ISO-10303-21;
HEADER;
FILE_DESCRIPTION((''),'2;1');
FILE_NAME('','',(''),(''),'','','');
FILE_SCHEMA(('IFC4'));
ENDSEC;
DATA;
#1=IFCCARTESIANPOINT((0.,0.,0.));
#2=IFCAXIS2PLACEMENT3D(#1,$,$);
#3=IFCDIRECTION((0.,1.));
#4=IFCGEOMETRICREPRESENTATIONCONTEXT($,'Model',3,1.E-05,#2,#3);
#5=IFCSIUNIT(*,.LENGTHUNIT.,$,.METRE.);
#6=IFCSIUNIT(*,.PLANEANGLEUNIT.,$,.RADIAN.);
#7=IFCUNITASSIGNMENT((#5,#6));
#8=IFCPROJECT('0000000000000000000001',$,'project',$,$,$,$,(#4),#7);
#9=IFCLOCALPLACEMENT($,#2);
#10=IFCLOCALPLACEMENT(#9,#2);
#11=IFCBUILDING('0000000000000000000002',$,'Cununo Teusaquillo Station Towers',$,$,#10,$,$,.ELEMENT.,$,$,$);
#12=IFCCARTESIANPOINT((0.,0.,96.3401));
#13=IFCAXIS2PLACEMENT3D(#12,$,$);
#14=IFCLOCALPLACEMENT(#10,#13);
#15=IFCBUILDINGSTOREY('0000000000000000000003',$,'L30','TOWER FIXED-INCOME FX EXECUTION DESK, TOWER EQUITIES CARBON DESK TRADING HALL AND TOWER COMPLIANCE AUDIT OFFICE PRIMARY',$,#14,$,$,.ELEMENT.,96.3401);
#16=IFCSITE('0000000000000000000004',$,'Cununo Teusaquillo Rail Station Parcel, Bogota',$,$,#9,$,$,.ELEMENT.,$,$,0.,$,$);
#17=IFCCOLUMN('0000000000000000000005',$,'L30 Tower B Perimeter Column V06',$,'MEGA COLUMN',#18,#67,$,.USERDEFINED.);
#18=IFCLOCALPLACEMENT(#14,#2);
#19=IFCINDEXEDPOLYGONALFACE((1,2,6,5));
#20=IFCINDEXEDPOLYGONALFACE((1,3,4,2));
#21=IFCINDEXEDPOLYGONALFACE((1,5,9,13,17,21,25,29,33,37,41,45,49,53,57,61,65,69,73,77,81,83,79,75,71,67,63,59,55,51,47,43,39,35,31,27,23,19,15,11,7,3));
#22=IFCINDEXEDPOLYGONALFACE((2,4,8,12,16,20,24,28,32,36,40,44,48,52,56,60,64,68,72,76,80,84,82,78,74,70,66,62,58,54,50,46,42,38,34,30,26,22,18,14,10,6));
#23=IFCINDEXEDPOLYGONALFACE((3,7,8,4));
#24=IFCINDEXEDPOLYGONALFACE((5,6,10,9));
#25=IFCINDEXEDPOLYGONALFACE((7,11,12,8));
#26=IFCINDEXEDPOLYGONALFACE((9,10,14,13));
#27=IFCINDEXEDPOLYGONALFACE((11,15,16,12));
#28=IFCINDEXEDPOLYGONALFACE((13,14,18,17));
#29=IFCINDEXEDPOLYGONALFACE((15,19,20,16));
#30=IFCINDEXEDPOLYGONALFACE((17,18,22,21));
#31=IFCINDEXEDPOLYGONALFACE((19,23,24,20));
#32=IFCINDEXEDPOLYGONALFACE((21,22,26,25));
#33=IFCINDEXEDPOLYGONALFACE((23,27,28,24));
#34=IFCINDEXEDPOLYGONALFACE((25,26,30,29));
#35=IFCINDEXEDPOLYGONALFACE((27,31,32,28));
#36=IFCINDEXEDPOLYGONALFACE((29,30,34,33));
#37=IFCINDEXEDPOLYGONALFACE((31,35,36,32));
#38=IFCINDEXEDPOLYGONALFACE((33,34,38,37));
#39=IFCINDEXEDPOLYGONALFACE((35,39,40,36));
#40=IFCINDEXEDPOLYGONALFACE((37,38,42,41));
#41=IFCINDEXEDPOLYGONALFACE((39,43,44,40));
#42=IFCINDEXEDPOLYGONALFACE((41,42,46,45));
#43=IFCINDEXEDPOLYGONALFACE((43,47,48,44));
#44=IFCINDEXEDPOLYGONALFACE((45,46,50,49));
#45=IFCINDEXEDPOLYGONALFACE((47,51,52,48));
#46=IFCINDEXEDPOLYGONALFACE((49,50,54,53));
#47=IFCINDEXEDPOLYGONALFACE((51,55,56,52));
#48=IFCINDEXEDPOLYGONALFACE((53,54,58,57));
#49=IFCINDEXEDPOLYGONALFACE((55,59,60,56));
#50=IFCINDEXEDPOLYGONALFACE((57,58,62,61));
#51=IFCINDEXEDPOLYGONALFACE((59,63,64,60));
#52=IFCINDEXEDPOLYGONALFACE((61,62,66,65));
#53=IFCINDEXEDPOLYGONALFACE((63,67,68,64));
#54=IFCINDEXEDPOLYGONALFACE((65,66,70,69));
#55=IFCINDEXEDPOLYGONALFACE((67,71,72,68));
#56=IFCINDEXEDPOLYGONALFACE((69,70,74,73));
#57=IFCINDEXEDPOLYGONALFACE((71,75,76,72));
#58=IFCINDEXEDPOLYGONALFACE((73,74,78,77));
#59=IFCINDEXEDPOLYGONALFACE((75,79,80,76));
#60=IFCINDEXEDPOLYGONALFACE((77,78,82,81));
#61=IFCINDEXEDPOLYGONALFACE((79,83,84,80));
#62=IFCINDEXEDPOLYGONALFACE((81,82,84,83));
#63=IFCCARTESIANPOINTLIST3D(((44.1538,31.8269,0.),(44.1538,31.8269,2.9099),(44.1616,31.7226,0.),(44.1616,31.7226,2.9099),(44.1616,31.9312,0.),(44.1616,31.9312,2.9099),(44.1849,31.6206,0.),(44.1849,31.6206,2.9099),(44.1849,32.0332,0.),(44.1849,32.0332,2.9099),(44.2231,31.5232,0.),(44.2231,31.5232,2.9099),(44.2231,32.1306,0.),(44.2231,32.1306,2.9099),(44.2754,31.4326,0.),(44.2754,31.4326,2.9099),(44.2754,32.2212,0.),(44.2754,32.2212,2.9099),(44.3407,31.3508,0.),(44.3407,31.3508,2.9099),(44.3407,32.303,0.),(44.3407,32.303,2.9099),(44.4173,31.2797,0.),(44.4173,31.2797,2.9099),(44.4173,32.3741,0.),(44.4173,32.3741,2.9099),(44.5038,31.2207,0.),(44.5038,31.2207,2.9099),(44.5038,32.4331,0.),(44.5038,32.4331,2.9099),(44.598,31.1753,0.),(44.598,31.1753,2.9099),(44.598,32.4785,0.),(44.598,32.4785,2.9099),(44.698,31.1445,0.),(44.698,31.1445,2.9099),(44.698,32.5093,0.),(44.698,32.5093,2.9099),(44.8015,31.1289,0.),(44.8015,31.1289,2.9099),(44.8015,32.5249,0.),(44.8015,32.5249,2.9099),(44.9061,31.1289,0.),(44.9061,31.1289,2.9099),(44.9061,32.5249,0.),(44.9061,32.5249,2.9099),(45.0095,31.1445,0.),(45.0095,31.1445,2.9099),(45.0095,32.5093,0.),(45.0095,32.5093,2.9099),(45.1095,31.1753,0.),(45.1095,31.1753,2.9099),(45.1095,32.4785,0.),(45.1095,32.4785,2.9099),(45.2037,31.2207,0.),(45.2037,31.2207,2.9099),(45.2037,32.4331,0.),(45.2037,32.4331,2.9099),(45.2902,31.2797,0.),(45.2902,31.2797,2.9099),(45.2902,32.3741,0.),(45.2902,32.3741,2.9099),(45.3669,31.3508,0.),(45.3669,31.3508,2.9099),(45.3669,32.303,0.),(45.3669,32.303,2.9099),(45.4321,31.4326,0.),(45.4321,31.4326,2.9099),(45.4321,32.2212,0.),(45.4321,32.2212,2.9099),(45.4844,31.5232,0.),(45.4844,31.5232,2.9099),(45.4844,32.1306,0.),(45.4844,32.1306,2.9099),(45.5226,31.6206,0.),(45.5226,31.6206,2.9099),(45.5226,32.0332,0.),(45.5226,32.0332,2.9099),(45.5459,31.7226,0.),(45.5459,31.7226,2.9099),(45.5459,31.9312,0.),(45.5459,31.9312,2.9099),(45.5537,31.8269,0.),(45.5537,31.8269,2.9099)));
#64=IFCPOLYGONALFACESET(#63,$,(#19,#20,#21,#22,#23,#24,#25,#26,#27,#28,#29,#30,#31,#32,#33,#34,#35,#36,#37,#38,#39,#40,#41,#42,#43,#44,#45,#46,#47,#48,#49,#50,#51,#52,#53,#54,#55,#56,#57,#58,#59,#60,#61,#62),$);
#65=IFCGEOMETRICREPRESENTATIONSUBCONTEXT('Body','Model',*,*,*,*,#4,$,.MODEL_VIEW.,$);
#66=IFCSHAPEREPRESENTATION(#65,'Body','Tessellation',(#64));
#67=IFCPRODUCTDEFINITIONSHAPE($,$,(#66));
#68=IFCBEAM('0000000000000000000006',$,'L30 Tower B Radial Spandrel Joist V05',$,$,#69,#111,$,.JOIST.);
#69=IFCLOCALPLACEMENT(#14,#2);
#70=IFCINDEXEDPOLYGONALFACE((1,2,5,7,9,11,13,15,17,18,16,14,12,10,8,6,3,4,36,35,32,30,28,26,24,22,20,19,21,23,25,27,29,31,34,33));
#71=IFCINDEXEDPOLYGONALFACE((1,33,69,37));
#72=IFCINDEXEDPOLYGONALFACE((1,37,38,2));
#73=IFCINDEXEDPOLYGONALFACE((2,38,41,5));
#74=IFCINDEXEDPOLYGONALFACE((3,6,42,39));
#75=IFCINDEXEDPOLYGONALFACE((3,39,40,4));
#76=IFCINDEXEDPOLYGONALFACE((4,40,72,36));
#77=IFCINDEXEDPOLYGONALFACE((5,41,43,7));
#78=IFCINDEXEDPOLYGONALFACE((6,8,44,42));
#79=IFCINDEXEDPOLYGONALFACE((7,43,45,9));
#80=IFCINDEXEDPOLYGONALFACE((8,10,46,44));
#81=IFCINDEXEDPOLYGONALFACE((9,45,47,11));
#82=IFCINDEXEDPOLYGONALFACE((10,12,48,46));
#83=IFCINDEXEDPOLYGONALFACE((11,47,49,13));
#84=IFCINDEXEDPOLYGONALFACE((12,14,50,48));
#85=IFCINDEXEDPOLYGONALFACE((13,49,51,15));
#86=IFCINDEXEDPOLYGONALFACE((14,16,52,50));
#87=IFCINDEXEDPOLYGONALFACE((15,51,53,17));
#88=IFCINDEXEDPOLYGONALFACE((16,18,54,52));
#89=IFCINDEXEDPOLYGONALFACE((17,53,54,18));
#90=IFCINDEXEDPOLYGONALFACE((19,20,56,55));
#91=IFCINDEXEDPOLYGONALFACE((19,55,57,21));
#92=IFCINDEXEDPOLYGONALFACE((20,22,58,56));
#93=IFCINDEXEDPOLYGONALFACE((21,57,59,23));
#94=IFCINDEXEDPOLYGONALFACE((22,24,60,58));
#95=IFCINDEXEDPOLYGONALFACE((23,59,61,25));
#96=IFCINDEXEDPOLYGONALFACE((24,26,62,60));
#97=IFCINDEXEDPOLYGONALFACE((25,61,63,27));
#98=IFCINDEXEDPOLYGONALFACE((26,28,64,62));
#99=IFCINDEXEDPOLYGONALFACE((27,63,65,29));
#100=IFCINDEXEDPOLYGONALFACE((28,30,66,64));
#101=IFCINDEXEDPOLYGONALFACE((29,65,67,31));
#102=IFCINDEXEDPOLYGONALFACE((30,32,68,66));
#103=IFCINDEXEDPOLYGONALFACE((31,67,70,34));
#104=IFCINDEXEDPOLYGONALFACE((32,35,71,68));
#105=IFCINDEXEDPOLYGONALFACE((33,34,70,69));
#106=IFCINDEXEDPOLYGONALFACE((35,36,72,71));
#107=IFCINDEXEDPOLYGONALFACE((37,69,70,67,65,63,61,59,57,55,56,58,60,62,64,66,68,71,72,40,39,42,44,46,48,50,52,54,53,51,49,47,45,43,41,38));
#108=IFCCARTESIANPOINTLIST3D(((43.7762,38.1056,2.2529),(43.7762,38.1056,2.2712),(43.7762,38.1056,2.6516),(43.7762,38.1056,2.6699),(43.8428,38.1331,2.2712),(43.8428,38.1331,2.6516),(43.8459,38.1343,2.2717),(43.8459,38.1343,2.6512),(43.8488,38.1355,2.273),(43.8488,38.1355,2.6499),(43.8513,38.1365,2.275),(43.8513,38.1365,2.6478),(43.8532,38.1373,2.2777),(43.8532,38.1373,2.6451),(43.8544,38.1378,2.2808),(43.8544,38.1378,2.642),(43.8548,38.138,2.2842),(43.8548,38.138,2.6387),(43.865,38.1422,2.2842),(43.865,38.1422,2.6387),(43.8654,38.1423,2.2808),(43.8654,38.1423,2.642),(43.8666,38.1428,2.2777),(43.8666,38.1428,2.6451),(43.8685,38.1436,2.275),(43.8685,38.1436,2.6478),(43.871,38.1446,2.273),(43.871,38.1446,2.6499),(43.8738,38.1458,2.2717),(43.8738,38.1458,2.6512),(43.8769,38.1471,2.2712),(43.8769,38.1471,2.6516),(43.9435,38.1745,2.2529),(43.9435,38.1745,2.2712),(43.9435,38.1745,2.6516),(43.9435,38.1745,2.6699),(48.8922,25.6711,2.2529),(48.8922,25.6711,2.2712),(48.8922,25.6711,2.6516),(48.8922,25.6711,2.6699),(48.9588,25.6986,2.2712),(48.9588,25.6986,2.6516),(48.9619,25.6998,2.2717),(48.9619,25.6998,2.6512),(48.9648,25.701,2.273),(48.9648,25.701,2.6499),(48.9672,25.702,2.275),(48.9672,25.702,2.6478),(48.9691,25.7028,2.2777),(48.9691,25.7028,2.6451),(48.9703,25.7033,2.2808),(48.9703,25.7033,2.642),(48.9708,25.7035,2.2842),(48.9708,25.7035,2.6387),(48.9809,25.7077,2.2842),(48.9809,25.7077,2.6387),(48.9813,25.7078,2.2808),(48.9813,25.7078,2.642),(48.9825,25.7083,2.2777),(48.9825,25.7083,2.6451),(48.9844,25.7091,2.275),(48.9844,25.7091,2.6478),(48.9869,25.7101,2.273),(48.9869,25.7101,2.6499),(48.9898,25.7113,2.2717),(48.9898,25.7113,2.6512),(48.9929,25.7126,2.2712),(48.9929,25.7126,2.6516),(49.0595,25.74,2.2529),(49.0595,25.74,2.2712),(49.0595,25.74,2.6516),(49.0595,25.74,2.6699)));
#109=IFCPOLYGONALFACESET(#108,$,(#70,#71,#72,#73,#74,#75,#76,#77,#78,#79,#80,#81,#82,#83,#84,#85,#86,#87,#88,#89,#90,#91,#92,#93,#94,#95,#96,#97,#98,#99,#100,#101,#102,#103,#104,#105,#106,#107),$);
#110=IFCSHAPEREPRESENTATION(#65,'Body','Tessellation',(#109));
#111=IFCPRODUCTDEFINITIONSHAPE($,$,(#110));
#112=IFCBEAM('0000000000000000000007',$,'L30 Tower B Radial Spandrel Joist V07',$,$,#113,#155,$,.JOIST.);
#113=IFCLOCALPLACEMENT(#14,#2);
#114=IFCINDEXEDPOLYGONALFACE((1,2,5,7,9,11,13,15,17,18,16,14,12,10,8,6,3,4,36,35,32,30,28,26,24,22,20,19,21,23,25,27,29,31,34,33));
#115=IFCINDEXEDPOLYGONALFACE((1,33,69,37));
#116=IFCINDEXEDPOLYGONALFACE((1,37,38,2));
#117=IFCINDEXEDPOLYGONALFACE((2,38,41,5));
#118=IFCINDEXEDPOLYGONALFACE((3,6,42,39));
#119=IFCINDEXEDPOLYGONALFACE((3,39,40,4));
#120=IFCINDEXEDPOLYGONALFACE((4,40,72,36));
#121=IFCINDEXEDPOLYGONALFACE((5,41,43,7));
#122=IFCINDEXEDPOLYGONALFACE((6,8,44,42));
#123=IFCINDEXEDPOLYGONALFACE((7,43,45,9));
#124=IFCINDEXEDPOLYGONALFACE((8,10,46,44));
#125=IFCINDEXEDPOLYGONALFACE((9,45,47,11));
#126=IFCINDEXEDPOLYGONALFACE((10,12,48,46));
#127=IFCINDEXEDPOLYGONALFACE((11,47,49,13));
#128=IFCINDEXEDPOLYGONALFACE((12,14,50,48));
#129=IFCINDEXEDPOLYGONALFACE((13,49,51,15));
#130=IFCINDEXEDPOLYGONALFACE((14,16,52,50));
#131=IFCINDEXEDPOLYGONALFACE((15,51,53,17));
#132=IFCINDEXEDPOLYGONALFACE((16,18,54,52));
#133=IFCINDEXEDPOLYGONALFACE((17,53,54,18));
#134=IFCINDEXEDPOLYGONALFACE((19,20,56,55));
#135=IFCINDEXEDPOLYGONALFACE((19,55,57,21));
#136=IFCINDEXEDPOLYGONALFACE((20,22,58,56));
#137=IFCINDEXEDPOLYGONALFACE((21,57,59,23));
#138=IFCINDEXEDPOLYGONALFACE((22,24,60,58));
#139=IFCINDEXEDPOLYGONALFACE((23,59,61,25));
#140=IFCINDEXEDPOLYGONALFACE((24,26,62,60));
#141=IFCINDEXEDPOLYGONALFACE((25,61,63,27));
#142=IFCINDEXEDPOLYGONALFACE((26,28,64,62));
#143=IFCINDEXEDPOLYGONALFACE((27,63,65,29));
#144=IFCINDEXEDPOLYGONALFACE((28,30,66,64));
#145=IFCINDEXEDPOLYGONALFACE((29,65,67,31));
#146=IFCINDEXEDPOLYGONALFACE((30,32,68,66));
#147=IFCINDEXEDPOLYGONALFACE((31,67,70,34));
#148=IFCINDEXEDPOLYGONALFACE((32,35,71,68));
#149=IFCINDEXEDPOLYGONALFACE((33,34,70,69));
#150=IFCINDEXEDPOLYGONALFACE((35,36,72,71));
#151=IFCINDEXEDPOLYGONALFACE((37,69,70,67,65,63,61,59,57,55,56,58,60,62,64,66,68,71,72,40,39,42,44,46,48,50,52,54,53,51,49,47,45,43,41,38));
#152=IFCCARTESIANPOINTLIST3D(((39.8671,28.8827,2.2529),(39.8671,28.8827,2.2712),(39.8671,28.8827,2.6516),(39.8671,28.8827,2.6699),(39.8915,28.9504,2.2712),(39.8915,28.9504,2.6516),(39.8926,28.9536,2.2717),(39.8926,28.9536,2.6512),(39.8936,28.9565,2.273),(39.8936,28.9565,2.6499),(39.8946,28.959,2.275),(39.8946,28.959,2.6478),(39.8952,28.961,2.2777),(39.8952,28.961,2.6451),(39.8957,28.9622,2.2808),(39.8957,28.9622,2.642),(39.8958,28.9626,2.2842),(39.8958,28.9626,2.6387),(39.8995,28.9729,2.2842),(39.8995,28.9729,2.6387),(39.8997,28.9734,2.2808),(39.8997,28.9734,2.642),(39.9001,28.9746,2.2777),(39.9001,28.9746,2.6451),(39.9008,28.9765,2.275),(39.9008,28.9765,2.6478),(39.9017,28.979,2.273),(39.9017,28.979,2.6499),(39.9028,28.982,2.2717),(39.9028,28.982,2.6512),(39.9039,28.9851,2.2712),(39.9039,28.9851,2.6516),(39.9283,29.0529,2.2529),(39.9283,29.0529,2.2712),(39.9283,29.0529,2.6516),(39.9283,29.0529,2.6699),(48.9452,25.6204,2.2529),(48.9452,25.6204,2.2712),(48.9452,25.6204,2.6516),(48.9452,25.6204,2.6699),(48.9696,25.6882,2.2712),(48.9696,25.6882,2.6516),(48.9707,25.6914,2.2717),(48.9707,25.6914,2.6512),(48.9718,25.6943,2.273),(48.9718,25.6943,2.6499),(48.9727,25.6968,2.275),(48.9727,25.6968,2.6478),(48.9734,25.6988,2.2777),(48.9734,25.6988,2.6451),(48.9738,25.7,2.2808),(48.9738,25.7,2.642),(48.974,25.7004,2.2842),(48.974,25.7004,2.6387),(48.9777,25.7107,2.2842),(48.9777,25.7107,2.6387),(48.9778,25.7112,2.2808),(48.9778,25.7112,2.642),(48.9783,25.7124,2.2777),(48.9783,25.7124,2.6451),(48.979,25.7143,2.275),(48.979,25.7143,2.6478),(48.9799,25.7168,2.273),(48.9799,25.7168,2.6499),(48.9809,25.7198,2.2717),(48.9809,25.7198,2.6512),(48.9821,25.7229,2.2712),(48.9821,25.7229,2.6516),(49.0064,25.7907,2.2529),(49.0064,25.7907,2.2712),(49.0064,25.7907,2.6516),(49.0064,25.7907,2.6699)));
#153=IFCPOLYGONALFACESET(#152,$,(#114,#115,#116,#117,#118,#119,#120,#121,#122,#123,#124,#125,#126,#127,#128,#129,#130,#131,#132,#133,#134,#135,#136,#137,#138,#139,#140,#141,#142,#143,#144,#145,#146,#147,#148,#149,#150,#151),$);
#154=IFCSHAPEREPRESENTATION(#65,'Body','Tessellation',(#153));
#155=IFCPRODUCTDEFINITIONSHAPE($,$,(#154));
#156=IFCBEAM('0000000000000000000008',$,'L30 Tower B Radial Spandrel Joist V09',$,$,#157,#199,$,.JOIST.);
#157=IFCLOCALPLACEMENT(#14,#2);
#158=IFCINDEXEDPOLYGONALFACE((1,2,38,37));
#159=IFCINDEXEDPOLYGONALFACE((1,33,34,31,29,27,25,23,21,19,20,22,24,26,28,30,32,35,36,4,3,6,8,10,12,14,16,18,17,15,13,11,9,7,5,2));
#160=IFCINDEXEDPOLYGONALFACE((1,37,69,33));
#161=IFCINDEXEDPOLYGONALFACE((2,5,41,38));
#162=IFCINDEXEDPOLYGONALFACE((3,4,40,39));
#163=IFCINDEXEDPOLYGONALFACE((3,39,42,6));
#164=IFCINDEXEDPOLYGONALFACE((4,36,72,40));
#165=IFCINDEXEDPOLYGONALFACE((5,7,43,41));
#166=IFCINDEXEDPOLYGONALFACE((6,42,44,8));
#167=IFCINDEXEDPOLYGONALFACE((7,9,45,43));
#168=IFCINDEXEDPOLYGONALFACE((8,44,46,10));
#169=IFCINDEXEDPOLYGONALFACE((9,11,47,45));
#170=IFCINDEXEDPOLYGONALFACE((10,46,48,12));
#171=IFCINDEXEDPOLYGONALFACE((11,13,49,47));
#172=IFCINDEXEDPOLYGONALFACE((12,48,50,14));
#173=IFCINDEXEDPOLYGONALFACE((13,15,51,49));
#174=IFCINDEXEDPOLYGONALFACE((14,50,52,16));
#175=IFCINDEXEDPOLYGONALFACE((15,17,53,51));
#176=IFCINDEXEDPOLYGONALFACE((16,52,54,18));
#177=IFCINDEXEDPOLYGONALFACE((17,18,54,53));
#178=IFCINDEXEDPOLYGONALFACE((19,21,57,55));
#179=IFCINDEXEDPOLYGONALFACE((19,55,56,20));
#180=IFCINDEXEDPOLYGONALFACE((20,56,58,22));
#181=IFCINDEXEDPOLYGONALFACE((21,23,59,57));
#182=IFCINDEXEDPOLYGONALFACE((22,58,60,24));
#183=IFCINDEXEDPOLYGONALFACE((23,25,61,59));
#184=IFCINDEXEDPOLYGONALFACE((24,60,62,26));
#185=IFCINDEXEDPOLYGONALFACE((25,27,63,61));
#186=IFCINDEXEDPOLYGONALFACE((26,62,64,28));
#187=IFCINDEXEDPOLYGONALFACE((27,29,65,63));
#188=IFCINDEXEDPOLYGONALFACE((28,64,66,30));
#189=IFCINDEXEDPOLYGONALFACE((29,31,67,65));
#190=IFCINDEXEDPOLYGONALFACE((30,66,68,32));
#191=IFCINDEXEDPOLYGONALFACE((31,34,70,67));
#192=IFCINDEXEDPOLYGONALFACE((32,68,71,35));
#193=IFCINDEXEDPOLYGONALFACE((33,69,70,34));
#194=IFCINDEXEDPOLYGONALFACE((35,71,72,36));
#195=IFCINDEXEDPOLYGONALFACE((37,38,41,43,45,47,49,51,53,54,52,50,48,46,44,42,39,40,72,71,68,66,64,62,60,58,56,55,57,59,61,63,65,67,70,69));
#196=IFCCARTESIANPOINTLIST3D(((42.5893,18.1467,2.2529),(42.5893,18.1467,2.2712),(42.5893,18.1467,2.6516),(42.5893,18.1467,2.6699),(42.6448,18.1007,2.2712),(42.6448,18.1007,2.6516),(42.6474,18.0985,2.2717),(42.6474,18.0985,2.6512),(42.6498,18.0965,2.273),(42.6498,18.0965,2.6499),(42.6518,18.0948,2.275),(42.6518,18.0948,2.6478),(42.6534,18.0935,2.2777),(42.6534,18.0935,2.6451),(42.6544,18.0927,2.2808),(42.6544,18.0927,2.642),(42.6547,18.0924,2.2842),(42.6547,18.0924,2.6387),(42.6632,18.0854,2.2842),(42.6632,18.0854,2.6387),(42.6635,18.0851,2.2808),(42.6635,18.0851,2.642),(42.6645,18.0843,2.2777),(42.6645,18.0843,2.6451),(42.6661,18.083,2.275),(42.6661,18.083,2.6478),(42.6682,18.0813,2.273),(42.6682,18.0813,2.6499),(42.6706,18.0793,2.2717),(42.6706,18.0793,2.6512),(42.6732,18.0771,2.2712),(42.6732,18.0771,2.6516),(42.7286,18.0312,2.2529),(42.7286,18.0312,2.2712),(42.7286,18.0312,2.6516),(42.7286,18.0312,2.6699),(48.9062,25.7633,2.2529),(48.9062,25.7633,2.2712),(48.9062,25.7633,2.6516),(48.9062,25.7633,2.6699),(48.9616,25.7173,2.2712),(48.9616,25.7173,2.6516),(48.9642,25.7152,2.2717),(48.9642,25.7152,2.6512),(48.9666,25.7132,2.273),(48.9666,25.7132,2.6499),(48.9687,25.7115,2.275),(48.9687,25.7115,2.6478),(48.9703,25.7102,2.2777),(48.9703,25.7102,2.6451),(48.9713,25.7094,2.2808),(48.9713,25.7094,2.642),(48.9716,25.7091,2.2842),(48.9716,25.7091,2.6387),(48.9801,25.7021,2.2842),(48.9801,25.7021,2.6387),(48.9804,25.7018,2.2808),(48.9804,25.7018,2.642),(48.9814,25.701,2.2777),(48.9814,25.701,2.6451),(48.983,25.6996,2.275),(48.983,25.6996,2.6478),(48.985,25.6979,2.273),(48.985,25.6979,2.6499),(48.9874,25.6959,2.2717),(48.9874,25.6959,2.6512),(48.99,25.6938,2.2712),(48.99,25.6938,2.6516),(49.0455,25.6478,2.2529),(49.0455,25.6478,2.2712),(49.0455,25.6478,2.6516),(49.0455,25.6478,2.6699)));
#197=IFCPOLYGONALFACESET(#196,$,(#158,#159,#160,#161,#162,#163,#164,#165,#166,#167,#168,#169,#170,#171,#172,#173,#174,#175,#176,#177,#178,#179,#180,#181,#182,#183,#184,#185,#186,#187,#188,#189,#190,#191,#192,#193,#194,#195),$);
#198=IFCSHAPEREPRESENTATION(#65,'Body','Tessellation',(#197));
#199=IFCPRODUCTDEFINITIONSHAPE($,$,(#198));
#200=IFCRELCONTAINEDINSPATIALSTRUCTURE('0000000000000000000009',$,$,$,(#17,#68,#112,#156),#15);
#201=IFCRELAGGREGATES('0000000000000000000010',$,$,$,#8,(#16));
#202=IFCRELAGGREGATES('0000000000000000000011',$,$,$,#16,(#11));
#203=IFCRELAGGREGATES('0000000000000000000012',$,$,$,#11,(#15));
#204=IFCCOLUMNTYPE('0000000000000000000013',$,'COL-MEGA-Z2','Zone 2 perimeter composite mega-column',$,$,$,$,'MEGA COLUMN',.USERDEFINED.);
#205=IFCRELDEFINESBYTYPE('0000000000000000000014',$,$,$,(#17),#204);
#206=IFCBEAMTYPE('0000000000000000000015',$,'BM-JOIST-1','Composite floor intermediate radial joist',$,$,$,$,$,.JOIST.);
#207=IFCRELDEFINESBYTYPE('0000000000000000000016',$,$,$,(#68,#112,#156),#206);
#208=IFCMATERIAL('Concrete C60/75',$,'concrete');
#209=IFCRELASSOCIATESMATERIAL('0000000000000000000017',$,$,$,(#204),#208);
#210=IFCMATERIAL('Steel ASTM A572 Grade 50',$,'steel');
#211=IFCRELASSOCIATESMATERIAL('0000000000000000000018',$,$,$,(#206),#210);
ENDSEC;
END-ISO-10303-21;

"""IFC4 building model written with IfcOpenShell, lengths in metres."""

from ifc_helpers import new_model, si_unit, direction, frame, origin, origin_2d, place, context, subcontext, project, spatial, circle, i_section, extrude, material, material_profile, profile_set, type_object, element, save


model = new_model("IFC4")

# Units and contexts
model_context = context("Model", 3, precision=1e-05, world=origin(), true_north=direction((0.0, 1.0)))
body_context = subcontext(model_context, "Body", "Model", "MODEL_VIEW")
ifc_project = project(units=[si_unit("LENGTHUNIT", "METRE"), si_unit("PLANEANGLEUNIT", "RADIAN")], contexts=[model_context])

# Site, building, storey
site_placement = place(None, origin())
site = spatial("IfcSite", under=ifc_project, at=site_placement, Name="Cununo Teusaquillo Rail Station Parcel, Bogota", CompositionType="ELEMENT", RefElevation=0.0)
building_placement = place(site_placement, origin())
building = spatial("IfcBuilding", under=site, at=building_placement, Name="Cununo Teusaquillo Station Towers", CompositionType="ELEMENT")
storey_placement = place(building_placement, frame((0.0, 0.0, 96.3401)))
storey = spatial("IfcBuildingStorey", under=building, at=storey_placement, Name="L30", Description="TOWER FIXED-INCOME FX EXECUTION DESK, TOWER EQUITIES CARBON DESK TRADING HALL AND TOWER COMPLIANCE AUDIT OFFICE PRIMARY", CompositionType="ELEMENT", Elevation=96.3401)

# Column
ifc_material_1 = material(Name="Concrete C60/75", Category="concrete")
ifc_material_profile_1 = material_profile(ifc_material_1, circle(Radius=0.7, at=origin_2d()), Name="RC-CIRC-1400")
ifc_profile_set_1 = profile_set([ifc_material_profile_1], Name="Concrete C60/75")
column_type = type_object("IfcColumnType", Name="COL-MEGA-Z2", Description="Zone 2 perimeter composite mega-column", ElementType="MEGA COLUMN", PredefinedType="USERDEFINED", material=ifc_profile_set_1)
column_placement = place(storey_placement, frame((44.8538, 31.8269, 0.0), z_axis=(0.0, 0.0, 1.0), x_axis=(1.0, 0.0, 0.0)))
element("IfcColumn", 1, at=column_placement, inside=storey, type_object=column_type, Name="L30 Tower B Perimeter Column V06", ObjectType="MEGA COLUMN", PredefinedType="USERDEFINED", context=body_context, shape_type="SweptSolid", body=[
    extrude(circle(Radius=0.7, at=origin_2d()), origin(), (0.0, 0.0, 1.0), 2.9099),
])

# Beams
ifc_material_2 = material(Name="Steel ASTM A572 Grade 50", Category="steel")
ifc_material_profile_2 = material_profile(ifc_material_2, i_section(OverallWidth=0.1809, OverallDepth=0.417, WebThickness=0.011, FlangeThickness=0.0183, FilletRadius=0.0129, at=origin_2d()), Name="W16X57")
ifc_profile_set_2 = profile_set([ifc_material_profile_2], Name="Steel ASTM A572 Grade 50")
beam_type_1 = type_object("IfcBeamType", Name="BM-JOIST-1", Description="Composite floor intermediate radial joist", PredefinedType="JOIST", material=ifc_profile_set_2)
beam_1_placement = place(storey_placement, frame((48.9758, 25.7056, 2.4614), z_axis=(-0.380486, 0.924787, 0.0), x_axis=(-0.924787, -0.380486, 0.0)))
element("IfcBeam", 2, at=beam_1_placement, inside=storey, type_object=beam_type_1, Name="L30 Tower B Radial Spandrel Joist V05", PredefinedType="JOIST", context=body_context, shape_type="SweptSolid", body=[
    extrude(i_section(OverallWidth=0.1809, OverallDepth=0.417, WebThickness=0.011, FlangeThickness=0.0183, FilletRadius=0.0129, at=origin_2d()), origin(), (0.0, 0.0, 1.0), 13.4458),
])
beam_2_placement = place(storey_placement, frame((48.9758, 25.7056, 2.4614), z_axis=(-0.941083, 0.338176, 0.0), x_axis=(-0.338176, -0.941083, 0.0)))
element("IfcBeam", 3, at=beam_2_placement, inside=storey, type_object=beam_type_1, Name="L30 Tower B Radial Spandrel Joist V07", PredefinedType="JOIST", context=body_context, shape_type="SweptSolid", body=[
    extrude(i_section(OverallWidth=0.1809, OverallDepth=0.417, WebThickness=0.011, FlangeThickness=0.0183, FilletRadius=0.0129, at=origin_2d()), origin(), (0.0, 0.0, 1.0), 9.6465),
])
beam_3_placement = place(storey_placement, frame((48.9758, 25.7056, 2.4614), z_axis=(-0.638372, -0.769728, 0.0), x_axis=(0.769728, -0.638372, 0.0)))
element("IfcBeam", 4, at=beam_3_placement, inside=storey, type_object=beam_type_1, Name="L30 Tower B Radial Spandrel Joist V09", PredefinedType="JOIST", context=body_context, shape_type="SweptSolid", body=[
    extrude(i_section(OverallWidth=0.1809, OverallDepth=0.417, WebThickness=0.011, FlangeThickness=0.0183, FilletRadius=0.0129, at=origin_2d()), origin(), (0.0, 0.0, 1.0), 9.8953),
])

save(model, "model.ifc")
